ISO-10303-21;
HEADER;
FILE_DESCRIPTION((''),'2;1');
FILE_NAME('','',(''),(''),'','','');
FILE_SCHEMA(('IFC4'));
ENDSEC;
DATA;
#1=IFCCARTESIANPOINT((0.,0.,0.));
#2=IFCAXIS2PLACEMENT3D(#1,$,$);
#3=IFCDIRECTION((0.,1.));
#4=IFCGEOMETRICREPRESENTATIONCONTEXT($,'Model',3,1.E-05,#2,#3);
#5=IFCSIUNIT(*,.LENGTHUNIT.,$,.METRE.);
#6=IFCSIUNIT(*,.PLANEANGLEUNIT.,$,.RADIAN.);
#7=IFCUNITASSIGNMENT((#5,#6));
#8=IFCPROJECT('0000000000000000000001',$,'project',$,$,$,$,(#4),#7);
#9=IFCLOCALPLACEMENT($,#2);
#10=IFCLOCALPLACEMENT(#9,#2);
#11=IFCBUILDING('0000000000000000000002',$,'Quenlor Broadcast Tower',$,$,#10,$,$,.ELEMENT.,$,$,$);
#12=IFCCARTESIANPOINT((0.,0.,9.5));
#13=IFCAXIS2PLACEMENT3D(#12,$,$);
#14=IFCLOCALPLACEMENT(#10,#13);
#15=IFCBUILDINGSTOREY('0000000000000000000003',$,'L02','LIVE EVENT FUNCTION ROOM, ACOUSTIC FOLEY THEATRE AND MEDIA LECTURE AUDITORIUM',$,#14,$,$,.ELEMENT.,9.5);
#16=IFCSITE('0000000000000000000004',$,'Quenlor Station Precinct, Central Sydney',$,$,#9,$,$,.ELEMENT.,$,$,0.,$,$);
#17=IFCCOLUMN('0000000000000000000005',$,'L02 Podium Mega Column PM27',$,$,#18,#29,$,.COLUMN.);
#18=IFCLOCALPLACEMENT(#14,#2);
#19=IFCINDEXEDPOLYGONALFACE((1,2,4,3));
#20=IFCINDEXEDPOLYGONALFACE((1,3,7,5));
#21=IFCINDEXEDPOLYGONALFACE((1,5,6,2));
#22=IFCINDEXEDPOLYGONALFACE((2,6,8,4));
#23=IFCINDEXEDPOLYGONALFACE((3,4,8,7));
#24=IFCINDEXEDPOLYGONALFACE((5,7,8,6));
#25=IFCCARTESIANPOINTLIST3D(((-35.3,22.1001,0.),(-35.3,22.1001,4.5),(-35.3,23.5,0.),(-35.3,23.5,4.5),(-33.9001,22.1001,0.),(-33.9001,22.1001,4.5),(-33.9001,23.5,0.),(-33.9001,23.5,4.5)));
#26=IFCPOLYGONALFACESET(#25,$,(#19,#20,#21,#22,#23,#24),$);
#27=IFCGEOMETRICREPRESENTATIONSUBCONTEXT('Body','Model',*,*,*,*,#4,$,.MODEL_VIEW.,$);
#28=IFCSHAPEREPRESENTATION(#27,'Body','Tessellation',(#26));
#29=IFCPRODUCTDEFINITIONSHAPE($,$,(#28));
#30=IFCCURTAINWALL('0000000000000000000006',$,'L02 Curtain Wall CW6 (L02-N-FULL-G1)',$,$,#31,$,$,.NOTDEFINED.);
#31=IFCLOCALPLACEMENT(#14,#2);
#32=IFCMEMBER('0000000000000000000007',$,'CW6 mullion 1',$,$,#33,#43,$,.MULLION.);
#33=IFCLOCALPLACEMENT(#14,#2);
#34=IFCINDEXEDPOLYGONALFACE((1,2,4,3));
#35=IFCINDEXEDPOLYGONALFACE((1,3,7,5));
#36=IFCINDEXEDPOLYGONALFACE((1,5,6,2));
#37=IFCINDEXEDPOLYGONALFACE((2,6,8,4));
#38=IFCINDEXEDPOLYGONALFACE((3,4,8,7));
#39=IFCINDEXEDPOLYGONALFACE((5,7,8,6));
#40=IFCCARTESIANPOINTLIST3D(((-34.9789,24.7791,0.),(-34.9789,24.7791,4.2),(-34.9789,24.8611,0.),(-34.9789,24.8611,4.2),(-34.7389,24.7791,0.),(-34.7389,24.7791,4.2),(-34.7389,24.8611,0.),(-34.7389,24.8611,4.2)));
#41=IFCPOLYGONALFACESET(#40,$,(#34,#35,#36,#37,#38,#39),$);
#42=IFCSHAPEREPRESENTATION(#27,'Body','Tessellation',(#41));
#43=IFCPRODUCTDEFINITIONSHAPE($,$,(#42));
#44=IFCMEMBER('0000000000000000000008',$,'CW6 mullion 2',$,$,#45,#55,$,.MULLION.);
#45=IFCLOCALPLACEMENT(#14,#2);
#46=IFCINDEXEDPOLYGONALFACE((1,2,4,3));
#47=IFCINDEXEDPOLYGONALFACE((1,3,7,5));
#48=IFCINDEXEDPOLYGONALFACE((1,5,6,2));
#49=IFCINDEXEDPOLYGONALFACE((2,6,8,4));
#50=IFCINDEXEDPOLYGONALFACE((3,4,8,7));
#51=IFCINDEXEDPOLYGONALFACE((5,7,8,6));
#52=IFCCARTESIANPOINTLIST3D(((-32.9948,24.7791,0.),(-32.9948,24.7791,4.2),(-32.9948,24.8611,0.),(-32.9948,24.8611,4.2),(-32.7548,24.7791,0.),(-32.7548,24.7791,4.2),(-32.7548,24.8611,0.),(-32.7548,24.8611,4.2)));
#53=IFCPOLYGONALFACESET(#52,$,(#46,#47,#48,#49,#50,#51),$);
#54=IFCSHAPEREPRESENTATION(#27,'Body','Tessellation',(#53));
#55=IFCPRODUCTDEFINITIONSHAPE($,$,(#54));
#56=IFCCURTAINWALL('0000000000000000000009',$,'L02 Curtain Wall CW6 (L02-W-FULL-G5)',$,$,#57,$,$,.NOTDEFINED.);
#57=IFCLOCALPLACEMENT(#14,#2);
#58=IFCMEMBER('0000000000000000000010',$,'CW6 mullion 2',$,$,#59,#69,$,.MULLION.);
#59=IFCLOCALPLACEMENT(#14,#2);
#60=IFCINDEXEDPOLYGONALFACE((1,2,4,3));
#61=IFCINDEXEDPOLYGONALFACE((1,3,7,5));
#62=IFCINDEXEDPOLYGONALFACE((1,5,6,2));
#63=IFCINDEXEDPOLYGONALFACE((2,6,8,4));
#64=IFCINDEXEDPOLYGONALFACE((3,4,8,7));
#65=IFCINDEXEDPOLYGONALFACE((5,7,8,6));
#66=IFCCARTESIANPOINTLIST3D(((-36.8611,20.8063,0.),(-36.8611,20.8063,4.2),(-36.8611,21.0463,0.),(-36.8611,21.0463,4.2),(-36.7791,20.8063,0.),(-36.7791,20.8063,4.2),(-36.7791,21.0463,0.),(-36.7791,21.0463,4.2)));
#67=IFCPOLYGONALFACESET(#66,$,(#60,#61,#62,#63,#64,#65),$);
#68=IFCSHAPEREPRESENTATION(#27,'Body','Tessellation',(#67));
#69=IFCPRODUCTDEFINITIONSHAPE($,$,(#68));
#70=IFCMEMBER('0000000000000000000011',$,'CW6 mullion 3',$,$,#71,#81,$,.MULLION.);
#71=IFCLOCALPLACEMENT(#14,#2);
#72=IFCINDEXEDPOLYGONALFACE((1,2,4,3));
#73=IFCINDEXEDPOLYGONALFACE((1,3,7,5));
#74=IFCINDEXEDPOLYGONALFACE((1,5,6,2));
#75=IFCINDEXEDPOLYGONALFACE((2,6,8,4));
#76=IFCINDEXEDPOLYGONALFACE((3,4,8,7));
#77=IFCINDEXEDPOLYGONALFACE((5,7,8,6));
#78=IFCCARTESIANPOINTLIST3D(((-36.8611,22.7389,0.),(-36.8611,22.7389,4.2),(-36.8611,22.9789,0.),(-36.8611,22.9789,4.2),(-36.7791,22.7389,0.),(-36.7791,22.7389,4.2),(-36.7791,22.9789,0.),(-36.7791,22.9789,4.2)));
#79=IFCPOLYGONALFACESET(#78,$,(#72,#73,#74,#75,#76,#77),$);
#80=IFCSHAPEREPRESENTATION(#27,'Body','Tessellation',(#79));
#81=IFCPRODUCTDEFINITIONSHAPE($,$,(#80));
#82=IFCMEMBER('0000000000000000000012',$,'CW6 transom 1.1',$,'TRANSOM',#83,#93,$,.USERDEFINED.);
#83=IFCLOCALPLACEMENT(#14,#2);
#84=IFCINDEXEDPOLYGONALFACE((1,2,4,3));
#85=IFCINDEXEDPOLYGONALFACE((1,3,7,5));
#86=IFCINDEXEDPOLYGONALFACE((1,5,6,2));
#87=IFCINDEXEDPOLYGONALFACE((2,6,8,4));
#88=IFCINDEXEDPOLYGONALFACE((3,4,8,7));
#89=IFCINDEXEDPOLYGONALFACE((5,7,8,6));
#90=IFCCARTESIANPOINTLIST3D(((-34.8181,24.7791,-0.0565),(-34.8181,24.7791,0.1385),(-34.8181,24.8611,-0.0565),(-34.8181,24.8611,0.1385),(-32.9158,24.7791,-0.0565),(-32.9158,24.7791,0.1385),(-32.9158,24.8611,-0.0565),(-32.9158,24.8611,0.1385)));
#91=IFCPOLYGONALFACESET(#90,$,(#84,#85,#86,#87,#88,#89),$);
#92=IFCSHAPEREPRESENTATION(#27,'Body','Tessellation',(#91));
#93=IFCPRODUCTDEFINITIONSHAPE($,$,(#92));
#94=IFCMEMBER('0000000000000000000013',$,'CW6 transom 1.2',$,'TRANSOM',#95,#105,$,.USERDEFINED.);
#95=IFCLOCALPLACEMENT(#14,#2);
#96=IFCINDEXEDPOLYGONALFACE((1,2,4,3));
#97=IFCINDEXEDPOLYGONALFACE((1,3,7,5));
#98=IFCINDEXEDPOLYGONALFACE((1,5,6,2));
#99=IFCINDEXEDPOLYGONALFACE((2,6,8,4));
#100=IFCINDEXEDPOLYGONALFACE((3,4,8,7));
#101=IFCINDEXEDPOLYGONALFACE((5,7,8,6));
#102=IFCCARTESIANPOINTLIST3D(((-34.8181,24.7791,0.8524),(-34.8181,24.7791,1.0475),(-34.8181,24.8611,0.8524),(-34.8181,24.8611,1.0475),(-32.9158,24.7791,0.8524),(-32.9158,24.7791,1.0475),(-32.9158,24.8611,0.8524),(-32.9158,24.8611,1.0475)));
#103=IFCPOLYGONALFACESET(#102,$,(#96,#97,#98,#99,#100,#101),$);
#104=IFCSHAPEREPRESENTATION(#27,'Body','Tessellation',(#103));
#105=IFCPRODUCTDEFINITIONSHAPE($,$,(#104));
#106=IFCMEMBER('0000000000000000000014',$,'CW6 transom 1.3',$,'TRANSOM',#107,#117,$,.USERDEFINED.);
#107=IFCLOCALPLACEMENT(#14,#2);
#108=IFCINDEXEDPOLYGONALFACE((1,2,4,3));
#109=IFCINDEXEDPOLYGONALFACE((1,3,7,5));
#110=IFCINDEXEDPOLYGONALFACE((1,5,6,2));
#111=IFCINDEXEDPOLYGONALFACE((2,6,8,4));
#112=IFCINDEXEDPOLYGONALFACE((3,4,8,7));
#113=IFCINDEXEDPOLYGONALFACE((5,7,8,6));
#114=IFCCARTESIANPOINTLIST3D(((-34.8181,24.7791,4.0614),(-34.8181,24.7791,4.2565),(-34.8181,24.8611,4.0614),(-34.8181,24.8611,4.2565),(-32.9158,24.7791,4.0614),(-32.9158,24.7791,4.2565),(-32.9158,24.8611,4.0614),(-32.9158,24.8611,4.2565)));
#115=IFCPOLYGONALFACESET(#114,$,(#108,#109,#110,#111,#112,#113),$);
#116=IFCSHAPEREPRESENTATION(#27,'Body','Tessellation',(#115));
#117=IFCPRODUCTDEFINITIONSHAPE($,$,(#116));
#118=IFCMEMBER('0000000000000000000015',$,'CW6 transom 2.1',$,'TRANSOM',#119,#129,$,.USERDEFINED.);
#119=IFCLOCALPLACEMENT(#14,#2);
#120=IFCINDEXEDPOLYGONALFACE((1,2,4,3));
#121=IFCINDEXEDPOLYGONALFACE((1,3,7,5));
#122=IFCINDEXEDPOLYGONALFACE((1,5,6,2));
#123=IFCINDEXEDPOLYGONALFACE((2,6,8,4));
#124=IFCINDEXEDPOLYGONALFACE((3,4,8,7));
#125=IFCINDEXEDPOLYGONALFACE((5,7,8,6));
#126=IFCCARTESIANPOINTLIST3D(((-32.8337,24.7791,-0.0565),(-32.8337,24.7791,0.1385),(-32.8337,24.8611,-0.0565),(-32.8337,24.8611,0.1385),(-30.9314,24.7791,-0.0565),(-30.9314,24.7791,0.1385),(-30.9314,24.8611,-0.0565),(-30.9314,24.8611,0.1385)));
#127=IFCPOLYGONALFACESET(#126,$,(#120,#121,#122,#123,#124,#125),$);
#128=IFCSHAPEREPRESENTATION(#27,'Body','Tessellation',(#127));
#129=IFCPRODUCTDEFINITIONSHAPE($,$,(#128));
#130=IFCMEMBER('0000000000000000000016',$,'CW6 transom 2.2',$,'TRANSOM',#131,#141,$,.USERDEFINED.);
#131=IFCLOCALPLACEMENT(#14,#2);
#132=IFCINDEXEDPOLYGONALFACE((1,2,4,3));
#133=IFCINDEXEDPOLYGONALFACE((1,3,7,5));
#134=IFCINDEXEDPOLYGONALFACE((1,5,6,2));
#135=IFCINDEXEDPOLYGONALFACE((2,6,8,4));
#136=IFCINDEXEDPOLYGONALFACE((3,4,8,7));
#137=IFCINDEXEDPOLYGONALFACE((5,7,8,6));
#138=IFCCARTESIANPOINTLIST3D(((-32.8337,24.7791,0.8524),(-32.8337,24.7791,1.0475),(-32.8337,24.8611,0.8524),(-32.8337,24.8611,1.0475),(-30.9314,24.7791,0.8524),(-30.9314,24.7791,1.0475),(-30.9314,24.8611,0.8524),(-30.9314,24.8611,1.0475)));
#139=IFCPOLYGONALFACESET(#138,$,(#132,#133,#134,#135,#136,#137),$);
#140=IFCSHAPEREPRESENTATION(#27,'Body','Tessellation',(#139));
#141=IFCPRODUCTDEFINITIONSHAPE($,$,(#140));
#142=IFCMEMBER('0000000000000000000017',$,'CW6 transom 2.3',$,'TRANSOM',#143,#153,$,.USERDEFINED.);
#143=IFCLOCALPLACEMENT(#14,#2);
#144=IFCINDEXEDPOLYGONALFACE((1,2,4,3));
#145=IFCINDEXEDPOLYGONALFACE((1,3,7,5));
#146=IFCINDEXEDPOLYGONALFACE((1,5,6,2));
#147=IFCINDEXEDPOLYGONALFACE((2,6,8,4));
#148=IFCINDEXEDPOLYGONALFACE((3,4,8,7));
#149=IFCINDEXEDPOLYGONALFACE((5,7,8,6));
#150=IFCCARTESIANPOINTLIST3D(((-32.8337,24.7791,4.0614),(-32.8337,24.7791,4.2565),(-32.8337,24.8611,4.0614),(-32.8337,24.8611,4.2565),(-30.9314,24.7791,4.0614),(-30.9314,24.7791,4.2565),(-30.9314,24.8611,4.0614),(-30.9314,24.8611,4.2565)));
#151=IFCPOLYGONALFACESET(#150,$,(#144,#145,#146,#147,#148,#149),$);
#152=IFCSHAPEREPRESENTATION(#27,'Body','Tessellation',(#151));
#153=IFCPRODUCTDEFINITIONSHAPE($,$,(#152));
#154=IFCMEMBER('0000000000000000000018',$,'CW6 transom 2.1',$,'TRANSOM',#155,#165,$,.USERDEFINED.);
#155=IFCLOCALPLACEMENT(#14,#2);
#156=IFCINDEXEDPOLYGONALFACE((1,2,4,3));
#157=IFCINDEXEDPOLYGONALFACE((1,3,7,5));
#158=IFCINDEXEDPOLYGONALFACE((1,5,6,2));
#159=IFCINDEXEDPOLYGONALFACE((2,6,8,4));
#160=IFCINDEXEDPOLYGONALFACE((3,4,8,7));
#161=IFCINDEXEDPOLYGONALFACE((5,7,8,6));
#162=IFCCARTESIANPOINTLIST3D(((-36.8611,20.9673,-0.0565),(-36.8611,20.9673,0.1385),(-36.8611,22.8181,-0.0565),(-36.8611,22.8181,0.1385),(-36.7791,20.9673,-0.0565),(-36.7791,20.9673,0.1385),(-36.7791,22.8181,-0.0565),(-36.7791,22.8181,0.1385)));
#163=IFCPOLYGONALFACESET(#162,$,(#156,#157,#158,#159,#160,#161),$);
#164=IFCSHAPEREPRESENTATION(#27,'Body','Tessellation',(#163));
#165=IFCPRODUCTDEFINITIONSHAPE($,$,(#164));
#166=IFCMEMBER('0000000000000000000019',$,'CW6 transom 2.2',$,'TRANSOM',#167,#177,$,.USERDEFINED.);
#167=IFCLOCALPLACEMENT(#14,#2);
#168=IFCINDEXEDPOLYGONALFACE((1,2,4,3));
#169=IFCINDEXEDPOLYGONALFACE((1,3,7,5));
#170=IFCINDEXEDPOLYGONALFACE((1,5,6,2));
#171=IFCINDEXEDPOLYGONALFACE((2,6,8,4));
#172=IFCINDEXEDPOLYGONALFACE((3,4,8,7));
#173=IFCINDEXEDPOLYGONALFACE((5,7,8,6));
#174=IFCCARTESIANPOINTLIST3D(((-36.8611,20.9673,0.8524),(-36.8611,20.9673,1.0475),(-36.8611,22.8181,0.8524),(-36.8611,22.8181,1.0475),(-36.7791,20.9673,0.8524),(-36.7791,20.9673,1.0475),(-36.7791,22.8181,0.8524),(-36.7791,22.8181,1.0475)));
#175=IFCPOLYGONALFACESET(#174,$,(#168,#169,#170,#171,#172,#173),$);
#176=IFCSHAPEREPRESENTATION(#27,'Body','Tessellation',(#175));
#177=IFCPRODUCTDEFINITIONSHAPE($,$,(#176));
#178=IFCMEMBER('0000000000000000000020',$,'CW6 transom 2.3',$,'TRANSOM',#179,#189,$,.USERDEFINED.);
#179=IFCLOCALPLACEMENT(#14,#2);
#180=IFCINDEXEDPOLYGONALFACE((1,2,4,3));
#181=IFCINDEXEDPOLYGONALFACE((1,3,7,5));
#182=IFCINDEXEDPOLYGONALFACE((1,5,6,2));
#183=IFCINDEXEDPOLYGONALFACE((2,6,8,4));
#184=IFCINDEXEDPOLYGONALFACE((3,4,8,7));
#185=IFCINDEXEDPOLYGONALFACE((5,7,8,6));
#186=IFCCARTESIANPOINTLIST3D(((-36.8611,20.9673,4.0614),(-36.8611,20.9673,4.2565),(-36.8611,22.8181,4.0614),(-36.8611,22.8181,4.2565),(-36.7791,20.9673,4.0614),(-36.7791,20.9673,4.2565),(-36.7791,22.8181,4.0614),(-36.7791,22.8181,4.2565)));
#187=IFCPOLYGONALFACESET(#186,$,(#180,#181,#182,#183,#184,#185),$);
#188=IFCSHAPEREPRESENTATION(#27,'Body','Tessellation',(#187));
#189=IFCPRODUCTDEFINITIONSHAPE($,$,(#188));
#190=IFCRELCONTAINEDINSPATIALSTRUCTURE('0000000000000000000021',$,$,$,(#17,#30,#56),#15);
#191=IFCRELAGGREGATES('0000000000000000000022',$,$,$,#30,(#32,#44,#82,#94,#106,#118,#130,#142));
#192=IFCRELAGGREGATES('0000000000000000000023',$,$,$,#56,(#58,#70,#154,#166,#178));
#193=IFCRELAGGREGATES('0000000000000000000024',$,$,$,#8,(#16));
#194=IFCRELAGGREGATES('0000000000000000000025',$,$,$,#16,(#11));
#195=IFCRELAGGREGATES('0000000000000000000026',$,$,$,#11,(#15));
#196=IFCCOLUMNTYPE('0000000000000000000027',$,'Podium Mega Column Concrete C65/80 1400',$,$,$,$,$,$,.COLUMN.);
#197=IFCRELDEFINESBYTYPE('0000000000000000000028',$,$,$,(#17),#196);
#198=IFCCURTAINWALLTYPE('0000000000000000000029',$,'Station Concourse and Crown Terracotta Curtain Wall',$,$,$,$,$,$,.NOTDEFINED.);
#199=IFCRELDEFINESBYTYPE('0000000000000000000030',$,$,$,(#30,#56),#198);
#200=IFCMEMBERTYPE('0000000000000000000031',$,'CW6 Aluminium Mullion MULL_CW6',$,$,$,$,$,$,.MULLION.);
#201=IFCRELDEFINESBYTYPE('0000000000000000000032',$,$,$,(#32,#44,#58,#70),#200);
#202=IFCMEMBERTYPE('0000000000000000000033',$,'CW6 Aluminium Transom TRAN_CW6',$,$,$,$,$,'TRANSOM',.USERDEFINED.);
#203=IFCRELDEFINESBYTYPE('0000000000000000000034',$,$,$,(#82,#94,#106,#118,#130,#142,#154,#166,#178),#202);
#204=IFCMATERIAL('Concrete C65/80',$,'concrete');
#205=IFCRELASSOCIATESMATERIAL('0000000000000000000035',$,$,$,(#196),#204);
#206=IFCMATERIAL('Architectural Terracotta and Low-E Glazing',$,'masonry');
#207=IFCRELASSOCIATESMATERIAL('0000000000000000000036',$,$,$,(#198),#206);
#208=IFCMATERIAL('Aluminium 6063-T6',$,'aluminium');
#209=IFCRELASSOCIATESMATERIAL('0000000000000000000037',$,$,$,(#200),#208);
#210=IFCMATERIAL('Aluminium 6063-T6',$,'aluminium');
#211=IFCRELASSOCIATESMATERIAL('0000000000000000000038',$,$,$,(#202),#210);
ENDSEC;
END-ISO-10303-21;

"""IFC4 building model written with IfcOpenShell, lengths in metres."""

from ifc_helpers import new_model, si_unit, direction, frame, origin, origin_2d, place, context, subcontext, project, spatial, rectangle, extrude, material, material_profile, profile_set, type_object, element, aggregate, save


model = new_model("IFC4")

# Units and contexts
model_context = context("Model", 3, precision=1e-05, world=origin(), true_north=direction((0.0, 1.0)))
body_context = subcontext(model_context, "Body", "Model", "MODEL_VIEW")
ifc_project = project(units=[si_unit("LENGTHUNIT", "METRE"), si_unit("PLANEANGLEUNIT", "RADIAN")], contexts=[model_context])

# Site, building, storey
site_placement = place(None, origin())
site = spatial("IfcSite", under=ifc_project, at=site_placement, Name="Quenlor Station Precinct, Central Sydney", CompositionType="ELEMENT", RefElevation=0.0)
building_placement = place(site_placement, origin())
building = spatial("IfcBuilding", under=site, at=building_placement, Name="Quenlor Broadcast Tower", CompositionType="ELEMENT")
storey_placement = place(building_placement, frame((0.0, 0.0, 9.5)))
storey = spatial("IfcBuildingStorey", under=building, at=storey_placement, Name="L02", Description="LIVE EVENT FUNCTION ROOM, ACOUSTIC FOLEY THEATRE AND MEDIA LECTURE AUDITORIUM", CompositionType="ELEMENT", Elevation=9.5)

# Column
ifc_material_1 = material(Name="Concrete C65/80", Category="concrete")
ifc_material_profile_1 = material_profile(ifc_material_1, rectangle(XDim=1.3999, YDim=1.3999, at=origin_2d()))
ifc_profile_set_1 = profile_set([ifc_material_profile_1], Name="Concrete C65/80 RC1400x1400")
column_type = type_object("IfcColumnType", Name="Podium Mega Column Concrete C65/80 1400", PredefinedType="COLUMN", material=ifc_profile_set_1)
column_placement = place(storey_placement, frame((-34.6001, 22.8, 0.0), z_axis=(0.0, 0.0, 1.0), x_axis=(1.0, 0.0, 0.0)))
element("IfcColumn", 1, at=column_placement, inside=storey, type_object=column_type, Name="L02 Podium Mega Column PM27", PredefinedType="COLUMN", context=body_context, shape_type="SweptSolid", body=[
    extrude(rectangle(XDim=1.3999, YDim=1.3999, at=origin_2d()), origin(), (0.0, 0.0, 1.0), 4.5),
])

# Curtain walls, members
ifc_material_2 = material(Name="Architectural Terracotta and Low-E Glazing", Category="masonry")
curtain_wall_type = type_object("IfcCurtainWallType", Name="Station Concourse and Crown Terracotta Curtain Wall", PredefinedType="NOTDEFINED", material=ifc_material_2)
curtain_wall_1_placement = place(storey_placement, origin())
curtain_wall_1 = element("IfcCurtainWall", 2, at=curtain_wall_1_placement, inside=storey, type_object=curtain_wall_type, Name="L02 Curtain Wall CW6 (L02-N-FULL-G1)", PredefinedType="NOTDEFINED")
ifc_material_3 = material(Name="Aluminium 6063-T6", Category="aluminium")
ifc_material_profile_2 = material_profile(ifc_material_3, rectangle(XDim=0.082, YDim=0.24, at=origin_2d()))
ifc_profile_set_2 = profile_set([ifc_material_profile_2], Name="Aluminium 6063-T6 MULL82x240")
member_type_1 = type_object("IfcMemberType", Name="CW6 Aluminium Mullion MULL_CW6", PredefinedType="MULLION", material=ifc_profile_set_2)
member_1_placement = place(storey_placement, frame((-34.8589, 24.8201, 0.0), z_axis=(0.0, 0.0, 1.0), x_axis=(0.0, 1.0, 0.0)))
member_1 = element("IfcMember", 3, at=member_1_placement, type_object=member_type_1, Name="CW6 mullion 1", PredefinedType="MULLION", context=body_context, shape_type="SweptSolid", body=[
    extrude(rectangle(XDim=0.082, YDim=0.24, at=origin_2d()), origin(), (0.0, 0.0, 1.0), 4.2),
])
member_2_placement = place(storey_placement, frame((-32.8748, 24.8201, 0.0), z_axis=(0.0, 0.0, 1.0), x_axis=(0.0, 1.0, 0.0)))
member_2 = element("IfcMember", 4, at=member_2_placement, type_object=member_type_1, Name="CW6 mullion 2", PredefinedType="MULLION", context=body_context, shape_type="SweptSolid", body=[
    extrude(rectangle(XDim=0.082, YDim=0.24, at=origin_2d()), origin(), (0.0, 0.0, 1.0), 4.2),
])
curtain_wall_2_placement = place(storey_placement, origin())
curtain_wall_2 = element("IfcCurtainWall", 5, at=curtain_wall_2_placement, inside=storey, type_object=curtain_wall_type, Name="L02 Curtain Wall CW6 (L02-W-FULL-G5)", PredefinedType="NOTDEFINED")
member_3_placement = place(storey_placement, frame((-36.8201, 20.9263, 0.0), z_axis=(0.0, 0.0, 1.0), x_axis=(-1.0, 0.0, 0.0)))
member_3 = element("IfcMember", 6, at=member_3_placement, type_object=member_type_1, Name="CW6 mullion 2", PredefinedType="MULLION", context=body_context, shape_type="SweptSolid", body=[
    extrude(rectangle(XDim=0.082, YDim=0.24, at=origin_2d()), origin(), (0.0, 0.0, 1.0), 4.2),
])
member_4_placement = place(storey_placement, frame((-36.8201, 22.8589, 0.0), z_axis=(0.0, 0.0, 1.0), x_axis=(-1.0, 0.0, 0.0)))
member_4 = element("IfcMember", 7, at=member_4_placement, type_object=member_type_1, Name="CW6 mullion 3", PredefinedType="MULLION", context=body_context, shape_type="SweptSolid", body=[
    extrude(rectangle(XDim=0.082, YDim=0.24, at=origin_2d()), origin(), (0.0, 0.0, 1.0), 4.2),
])

# Members
ifc_material_4 = material(Name="Aluminium 6063-T6", Category="aluminium")
ifc_material_profile_3 = material_profile(ifc_material_4, rectangle(XDim=0.082, YDim=0.1951, at=origin_2d()))
ifc_profile_set_3 = profile_set([ifc_material_profile_3], Name="Aluminium 6063-T6 TRAN82x195")
member_type_2 = type_object("IfcMemberType", Name="CW6 Aluminium Transom TRAN_CW6", ElementType="TRANSOM", PredefinedType="USERDEFINED", material=ifc_profile_set_3)
member_5_placement = place(storey_placement, frame((-34.8181, 24.8201, 0.041), z_axis=(1.0, 0.0, 0.0), x_axis=(0.0, 1.0, 0.0)))
member_5 = element("IfcMember", 8, at=member_5_placement, type_object=member_type_2, Name="CW6 transom 1.1", ObjectType="TRANSOM", PredefinedType="USERDEFINED", context=body_context, shape_type="SweptSolid", body=[
    extrude(rectangle(XDim=0.082, YDim=0.1951, at=origin_2d()), origin(), (0.0, 0.0, 1.0), 1.9023),
])
member_6_placement = place(storey_placement, frame((-34.8181, 24.8201, 0.95), z_axis=(1.0, 0.0, 0.0), x_axis=(0.0, 1.0, 0.0)))
member_6 = element("IfcMember", 9, at=member_6_placement, type_object=member_type_2, Name="CW6 transom 1.2", ObjectType="TRANSOM", PredefinedType="USERDEFINED", context=body_context, shape_type="SweptSolid", body=[
    extrude(rectangle(XDim=0.082, YDim=0.1951, at=origin_2d()), origin(), (0.0, 0.0, 1.0), 1.9023),
])
member_7_placement = place(storey_placement, frame((-34.8181, 24.8201, 4.1589), z_axis=(1.0, 0.0, 0.0), x_axis=(0.0, 1.0, 0.0)))
member_7 = element("IfcMember", 10, at=member_7_placement, type_object=member_type_2, Name="CW6 transom 1.3", ObjectType="TRANSOM", PredefinedType="USERDEFINED", context=body_context, shape_type="SweptSolid", body=[
    extrude(rectangle(XDim=0.082, YDim=0.1951, at=origin_2d()), origin(), (0.0, 0.0, 1.0), 1.9023),
])
member_8_placement = place(storey_placement, frame((-32.8337, 24.8201, 0.041), z_axis=(1.0, 0.0, 0.0), x_axis=(0.0, 1.0, 0.0)))
member_8 = element("IfcMember", 11, at=member_8_placement, type_object=member_type_2, Name="CW6 transom 2.1", ObjectType="TRANSOM", PredefinedType="USERDEFINED", context=body_context, shape_type="SweptSolid", body=[
    extrude(rectangle(XDim=0.082, YDim=0.1951, at=origin_2d()), origin(), (0.0, 0.0, 1.0), 1.9023),
])
member_9_placement = place(storey_placement, frame((-32.8337, 24.8201, 0.95), z_axis=(1.0, 0.0, 0.0), x_axis=(0.0, 1.0, 0.0)))
member_9 = element("IfcMember", 12, at=member_9_placement, type_object=member_type_2, Name="CW6 transom 2.2", ObjectType="TRANSOM", PredefinedType="USERDEFINED", context=body_context, shape_type="SweptSolid", body=[
    extrude(rectangle(XDim=0.082, YDim=0.1951, at=origin_2d()), origin(), (0.0, 0.0, 1.0), 1.9023),
])
member_10_placement = place(storey_placement, frame((-32.8337, 24.8201, 4.1589), z_axis=(1.0, 0.0, 0.0), x_axis=(0.0, 1.0, 0.0)))
member_10 = element("IfcMember", 13, at=member_10_placement, type_object=member_type_2, Name="CW6 transom 2.3", ObjectType="TRANSOM", PredefinedType="USERDEFINED", context=body_context, shape_type="SweptSolid", body=[
    extrude(rectangle(XDim=0.082, YDim=0.1951, at=origin_2d()), origin(), (0.0, 0.0, 1.0), 1.9023),
])
member_11_placement = place(storey_placement, frame((-36.8201, 20.9673, 0.041), z_axis=(0.0, 1.0, 0.0), x_axis=(-1.0, 0.0, 0.0)))
member_11 = element("IfcMember", 14, at=member_11_placement, type_object=member_type_2, Name="CW6 transom 2.1", ObjectType="TRANSOM", PredefinedType="USERDEFINED", context=body_context, shape_type="SweptSolid", body=[
    extrude(rectangle(XDim=0.082, YDim=0.1951, at=origin_2d()), origin(), (0.0, 0.0, 1.0), 1.8508),
])
member_12_placement = place(storey_placement, frame((-36.8201, 20.9673, 0.95), z_axis=(0.0, 1.0, 0.0), x_axis=(-1.0, 0.0, 0.0)))
member_12 = element("IfcMember", 15, at=member_12_placement, type_object=member_type_2, Name="CW6 transom 2.2", ObjectType="TRANSOM", PredefinedType="USERDEFINED", context=body_context, shape_type="SweptSolid", body=[
    extrude(rectangle(XDim=0.082, YDim=0.1951, at=origin_2d()), origin(), (0.0, 0.0, 1.0), 1.8508),
])
member_13_placement = place(storey_placement, frame((-36.8201, 20.9673, 4.1589), z_axis=(0.0, 1.0, 0.0), x_axis=(-1.0, 0.0, 0.0)))
member_13 = element("IfcMember", 16, at=member_13_placement, type_object=member_type_2, Name="CW6 transom 2.3", ObjectType="TRANSOM", PredefinedType="USERDEFINED", context=body_context, shape_type="SweptSolid", body=[
    extrude(rectangle(XDim=0.082, YDim=0.1951, at=origin_2d()), origin(), (0.0, 0.0, 1.0), 1.8508),
])

aggregate(curtain_wall_1, [member_1, member_2, member_5, member_6, member_7, member_8, member_9, member_10])
aggregate(curtain_wall_2, [member_3, member_4, member_11, member_12, member_13])

save(model, "model.ifc")
